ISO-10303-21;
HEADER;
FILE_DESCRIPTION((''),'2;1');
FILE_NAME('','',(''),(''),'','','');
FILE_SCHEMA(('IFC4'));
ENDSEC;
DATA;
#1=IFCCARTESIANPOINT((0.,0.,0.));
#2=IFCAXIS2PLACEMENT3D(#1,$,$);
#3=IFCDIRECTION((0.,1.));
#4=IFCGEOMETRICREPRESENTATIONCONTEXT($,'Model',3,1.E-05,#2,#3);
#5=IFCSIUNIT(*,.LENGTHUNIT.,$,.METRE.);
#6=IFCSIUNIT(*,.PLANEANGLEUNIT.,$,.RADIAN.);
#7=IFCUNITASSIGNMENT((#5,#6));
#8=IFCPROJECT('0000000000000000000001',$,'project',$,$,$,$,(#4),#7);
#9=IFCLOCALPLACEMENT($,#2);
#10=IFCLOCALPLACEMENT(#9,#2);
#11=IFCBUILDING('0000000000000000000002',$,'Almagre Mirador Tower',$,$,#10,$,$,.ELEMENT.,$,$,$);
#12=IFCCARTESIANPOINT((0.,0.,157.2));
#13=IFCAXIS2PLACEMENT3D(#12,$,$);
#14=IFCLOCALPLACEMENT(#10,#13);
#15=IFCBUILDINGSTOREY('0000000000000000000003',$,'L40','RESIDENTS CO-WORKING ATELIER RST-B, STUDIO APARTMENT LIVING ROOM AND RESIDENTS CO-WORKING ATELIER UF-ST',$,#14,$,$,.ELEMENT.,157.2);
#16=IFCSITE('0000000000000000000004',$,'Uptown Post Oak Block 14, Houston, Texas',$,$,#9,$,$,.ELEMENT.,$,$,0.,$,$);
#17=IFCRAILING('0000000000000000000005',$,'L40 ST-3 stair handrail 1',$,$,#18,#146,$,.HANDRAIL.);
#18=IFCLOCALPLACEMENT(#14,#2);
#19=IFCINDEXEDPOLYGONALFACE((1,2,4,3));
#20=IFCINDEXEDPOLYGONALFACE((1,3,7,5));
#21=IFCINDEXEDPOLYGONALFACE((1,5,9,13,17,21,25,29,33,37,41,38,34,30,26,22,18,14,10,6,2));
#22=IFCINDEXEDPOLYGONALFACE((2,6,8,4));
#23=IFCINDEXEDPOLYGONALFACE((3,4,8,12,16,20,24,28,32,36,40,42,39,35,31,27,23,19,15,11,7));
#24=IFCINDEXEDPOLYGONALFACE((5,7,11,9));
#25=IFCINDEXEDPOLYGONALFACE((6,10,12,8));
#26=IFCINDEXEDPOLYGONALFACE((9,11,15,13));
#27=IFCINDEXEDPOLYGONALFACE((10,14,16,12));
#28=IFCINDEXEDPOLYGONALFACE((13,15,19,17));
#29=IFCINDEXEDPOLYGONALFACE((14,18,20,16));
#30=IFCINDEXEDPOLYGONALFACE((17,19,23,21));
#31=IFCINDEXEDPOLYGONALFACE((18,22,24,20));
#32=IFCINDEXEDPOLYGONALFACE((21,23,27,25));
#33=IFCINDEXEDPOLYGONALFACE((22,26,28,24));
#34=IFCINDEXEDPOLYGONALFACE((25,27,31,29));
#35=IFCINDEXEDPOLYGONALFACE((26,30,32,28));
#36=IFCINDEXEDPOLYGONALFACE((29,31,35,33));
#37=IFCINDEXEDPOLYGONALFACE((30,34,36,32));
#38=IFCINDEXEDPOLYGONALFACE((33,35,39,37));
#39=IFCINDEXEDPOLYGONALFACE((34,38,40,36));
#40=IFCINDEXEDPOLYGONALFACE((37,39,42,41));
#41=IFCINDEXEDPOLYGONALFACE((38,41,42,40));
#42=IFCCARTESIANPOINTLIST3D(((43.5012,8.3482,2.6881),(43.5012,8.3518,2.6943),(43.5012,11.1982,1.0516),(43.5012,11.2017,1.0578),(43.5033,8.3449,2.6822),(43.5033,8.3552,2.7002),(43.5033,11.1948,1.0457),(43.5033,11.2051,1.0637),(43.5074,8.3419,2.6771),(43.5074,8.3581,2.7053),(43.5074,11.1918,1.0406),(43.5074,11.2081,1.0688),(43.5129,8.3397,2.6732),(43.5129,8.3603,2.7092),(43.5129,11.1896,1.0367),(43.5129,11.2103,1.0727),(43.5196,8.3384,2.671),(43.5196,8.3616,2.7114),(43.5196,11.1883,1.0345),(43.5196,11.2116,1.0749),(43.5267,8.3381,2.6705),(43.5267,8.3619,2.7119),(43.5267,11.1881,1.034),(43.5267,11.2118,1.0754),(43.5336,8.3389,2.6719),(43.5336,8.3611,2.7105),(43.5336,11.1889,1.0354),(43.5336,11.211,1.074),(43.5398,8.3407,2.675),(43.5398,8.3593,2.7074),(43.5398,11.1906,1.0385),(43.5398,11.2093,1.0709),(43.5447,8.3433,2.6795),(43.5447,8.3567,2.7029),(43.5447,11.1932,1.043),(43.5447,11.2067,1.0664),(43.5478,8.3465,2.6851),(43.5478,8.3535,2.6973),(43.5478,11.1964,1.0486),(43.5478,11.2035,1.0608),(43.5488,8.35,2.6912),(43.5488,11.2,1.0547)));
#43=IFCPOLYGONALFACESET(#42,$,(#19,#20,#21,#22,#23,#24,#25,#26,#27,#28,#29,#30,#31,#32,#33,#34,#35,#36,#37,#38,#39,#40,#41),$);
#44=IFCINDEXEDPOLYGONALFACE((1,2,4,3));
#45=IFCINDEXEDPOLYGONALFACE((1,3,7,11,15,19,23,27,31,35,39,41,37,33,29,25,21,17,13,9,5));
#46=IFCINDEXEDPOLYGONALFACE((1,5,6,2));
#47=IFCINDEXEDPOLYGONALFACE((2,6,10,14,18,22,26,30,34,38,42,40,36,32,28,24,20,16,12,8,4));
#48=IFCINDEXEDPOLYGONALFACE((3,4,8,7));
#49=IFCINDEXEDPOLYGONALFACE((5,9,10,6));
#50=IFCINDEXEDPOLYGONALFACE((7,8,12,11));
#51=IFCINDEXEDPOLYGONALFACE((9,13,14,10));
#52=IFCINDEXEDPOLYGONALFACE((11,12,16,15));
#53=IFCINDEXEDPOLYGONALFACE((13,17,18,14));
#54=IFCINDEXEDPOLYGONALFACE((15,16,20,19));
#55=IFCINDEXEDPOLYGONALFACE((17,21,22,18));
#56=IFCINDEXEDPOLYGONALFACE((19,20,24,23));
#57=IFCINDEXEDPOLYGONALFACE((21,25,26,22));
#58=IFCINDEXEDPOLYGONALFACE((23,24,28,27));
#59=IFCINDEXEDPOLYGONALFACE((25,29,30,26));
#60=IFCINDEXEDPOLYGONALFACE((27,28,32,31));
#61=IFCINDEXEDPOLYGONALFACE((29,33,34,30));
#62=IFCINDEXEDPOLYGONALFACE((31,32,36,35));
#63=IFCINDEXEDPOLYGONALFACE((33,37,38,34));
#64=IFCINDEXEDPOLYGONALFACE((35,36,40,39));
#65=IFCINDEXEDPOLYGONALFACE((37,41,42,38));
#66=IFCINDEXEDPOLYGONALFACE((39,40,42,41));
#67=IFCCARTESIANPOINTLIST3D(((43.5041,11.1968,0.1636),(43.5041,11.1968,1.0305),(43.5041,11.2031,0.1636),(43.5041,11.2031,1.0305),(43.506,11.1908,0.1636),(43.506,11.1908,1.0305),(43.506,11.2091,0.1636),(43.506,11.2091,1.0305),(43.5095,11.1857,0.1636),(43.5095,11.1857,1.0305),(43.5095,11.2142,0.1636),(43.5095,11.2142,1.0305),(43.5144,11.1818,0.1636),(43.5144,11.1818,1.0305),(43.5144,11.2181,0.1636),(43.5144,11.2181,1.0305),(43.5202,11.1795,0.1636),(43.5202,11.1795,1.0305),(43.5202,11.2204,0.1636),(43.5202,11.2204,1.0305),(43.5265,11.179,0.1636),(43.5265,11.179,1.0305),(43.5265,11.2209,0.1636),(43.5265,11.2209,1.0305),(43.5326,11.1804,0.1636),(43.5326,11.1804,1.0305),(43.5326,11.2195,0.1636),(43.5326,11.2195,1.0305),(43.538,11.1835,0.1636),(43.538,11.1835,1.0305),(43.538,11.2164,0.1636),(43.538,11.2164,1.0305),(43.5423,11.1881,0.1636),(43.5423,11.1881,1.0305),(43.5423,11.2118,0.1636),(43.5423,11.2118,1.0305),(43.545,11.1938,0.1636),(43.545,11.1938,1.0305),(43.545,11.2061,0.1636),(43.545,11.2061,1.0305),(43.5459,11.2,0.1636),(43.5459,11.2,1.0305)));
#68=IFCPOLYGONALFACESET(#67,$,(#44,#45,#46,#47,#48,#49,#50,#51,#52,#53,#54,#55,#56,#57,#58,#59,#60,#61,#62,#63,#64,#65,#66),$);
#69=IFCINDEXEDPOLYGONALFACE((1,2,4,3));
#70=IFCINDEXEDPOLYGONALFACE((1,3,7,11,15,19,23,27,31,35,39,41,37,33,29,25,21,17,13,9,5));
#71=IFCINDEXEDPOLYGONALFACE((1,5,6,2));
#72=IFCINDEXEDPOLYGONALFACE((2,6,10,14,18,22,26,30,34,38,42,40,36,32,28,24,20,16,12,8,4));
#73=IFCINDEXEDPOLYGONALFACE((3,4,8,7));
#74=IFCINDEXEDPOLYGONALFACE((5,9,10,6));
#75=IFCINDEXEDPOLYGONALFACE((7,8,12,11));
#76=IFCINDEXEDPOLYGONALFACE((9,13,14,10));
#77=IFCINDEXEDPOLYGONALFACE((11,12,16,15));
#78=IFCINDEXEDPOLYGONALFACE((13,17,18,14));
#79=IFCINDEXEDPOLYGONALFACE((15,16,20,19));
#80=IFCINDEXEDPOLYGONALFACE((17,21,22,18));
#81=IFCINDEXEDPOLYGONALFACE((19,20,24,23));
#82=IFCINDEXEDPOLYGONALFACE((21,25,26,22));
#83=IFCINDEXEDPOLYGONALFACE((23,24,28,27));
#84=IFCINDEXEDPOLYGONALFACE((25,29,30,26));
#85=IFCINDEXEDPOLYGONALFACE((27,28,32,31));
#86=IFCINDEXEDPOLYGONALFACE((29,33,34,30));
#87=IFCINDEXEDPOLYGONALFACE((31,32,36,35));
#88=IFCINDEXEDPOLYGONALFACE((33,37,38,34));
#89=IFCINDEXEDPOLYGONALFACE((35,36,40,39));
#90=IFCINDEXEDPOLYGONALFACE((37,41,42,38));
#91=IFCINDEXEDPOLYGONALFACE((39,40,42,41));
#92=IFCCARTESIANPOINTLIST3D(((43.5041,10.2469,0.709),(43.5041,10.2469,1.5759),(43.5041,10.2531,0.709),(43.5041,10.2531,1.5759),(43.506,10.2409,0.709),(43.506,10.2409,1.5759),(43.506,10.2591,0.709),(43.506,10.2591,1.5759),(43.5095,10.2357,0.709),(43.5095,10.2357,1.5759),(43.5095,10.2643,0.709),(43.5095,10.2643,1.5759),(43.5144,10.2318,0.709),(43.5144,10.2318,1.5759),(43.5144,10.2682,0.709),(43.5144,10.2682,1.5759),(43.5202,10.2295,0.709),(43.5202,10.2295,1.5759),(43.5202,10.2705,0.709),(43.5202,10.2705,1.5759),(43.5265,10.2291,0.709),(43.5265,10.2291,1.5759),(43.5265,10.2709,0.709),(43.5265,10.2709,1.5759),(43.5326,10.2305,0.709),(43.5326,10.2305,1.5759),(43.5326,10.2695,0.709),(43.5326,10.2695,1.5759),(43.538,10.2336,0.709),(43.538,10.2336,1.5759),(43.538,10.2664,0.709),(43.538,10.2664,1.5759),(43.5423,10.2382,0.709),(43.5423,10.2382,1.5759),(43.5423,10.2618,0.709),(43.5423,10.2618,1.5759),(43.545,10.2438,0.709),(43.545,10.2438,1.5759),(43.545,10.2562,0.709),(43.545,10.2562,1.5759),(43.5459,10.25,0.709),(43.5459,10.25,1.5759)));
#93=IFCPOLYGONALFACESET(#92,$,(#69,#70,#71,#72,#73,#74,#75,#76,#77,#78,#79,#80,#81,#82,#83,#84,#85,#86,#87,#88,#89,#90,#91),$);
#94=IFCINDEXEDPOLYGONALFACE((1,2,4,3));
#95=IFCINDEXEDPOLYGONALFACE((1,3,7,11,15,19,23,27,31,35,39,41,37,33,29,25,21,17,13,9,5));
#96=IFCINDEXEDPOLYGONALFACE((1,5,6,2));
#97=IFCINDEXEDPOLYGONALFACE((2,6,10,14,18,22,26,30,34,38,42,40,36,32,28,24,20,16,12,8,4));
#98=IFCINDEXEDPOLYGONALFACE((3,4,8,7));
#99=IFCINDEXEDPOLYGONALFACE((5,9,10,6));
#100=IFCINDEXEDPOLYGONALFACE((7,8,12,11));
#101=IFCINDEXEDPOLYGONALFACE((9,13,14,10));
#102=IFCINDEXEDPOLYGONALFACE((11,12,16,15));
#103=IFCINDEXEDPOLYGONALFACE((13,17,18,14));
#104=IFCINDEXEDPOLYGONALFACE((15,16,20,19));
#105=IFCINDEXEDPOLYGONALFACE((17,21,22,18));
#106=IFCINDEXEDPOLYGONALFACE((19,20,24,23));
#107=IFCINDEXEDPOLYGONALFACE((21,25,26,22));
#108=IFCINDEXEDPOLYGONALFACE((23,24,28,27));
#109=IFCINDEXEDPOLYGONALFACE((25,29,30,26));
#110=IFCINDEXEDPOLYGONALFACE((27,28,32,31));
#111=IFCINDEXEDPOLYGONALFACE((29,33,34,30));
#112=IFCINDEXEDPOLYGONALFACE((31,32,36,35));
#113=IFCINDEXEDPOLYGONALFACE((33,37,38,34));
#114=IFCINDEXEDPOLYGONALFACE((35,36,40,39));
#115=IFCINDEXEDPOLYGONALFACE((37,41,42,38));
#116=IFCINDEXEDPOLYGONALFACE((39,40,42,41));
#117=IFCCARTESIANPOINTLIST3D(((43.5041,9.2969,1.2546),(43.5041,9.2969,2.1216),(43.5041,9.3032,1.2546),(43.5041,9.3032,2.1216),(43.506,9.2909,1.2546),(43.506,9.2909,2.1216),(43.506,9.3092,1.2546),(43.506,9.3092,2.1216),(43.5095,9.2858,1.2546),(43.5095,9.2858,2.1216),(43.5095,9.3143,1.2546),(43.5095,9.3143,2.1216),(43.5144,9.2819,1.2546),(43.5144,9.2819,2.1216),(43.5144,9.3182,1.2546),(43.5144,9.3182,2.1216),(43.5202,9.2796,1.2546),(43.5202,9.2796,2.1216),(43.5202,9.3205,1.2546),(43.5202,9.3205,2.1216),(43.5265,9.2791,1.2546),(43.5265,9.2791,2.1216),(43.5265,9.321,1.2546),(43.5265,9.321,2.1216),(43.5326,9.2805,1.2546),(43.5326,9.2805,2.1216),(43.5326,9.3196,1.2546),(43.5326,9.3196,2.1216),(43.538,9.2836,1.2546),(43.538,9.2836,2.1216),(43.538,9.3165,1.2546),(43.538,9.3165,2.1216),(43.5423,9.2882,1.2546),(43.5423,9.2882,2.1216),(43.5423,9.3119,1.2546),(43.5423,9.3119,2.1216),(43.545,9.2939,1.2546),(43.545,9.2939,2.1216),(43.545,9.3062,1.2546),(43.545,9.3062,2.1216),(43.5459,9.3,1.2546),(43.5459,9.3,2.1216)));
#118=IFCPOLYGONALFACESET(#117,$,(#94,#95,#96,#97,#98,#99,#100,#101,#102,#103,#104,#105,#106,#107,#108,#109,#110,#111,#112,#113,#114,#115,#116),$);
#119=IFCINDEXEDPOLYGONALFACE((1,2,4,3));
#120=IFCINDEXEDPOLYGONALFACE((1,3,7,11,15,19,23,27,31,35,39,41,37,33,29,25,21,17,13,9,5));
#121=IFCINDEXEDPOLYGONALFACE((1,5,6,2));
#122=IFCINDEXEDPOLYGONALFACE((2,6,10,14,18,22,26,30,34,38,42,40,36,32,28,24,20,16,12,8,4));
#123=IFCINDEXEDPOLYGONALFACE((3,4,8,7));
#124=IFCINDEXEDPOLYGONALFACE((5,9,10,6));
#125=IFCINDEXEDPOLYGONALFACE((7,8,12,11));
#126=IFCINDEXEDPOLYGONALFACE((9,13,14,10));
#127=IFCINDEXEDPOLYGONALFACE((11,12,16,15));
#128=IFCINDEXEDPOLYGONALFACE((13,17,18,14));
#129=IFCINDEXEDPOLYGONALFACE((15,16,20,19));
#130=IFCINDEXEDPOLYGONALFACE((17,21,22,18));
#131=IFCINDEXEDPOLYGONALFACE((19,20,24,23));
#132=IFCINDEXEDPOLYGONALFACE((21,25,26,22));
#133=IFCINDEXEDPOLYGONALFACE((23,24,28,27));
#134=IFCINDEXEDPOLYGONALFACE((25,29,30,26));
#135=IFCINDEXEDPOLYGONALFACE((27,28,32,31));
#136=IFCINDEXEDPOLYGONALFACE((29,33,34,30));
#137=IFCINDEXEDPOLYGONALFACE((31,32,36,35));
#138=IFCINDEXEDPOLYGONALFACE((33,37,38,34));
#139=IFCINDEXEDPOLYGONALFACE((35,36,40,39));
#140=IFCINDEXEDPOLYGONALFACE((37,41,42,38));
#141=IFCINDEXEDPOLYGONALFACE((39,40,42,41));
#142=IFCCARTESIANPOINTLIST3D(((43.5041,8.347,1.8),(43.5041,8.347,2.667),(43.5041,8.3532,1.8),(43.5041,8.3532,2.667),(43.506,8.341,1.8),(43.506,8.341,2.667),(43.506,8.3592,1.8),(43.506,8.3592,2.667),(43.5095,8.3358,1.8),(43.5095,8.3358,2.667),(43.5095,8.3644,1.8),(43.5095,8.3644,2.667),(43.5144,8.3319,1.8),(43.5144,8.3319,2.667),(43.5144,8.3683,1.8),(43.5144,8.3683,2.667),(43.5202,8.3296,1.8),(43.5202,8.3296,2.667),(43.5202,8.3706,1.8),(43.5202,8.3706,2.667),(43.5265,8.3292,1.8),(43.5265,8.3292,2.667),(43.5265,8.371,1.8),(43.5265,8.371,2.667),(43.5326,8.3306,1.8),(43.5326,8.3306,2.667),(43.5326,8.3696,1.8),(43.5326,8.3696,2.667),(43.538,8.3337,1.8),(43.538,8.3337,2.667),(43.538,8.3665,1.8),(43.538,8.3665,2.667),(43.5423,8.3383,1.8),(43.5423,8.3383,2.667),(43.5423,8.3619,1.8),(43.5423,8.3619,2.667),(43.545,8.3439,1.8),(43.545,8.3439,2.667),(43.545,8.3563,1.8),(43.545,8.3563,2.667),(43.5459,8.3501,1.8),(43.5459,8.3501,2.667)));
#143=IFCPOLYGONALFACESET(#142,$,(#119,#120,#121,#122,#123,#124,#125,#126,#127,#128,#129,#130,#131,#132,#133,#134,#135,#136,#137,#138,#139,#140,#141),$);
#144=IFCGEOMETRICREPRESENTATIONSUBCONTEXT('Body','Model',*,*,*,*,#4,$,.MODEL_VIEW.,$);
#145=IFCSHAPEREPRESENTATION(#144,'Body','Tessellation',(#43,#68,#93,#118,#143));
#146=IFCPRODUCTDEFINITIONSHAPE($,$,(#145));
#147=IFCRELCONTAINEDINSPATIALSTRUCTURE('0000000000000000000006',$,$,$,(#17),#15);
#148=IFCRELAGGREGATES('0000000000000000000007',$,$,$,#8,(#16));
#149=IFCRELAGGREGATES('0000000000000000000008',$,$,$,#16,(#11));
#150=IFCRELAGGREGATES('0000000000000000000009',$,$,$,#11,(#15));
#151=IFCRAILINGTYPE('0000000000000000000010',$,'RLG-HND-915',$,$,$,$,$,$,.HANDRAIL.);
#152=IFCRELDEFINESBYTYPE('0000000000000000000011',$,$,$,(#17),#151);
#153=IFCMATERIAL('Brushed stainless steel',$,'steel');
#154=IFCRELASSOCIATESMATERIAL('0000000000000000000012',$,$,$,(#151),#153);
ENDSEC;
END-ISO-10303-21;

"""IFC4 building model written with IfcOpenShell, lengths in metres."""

from ifc_helpers import new_model, si_unit, direction, frame, origin, origin_2d, place, context, subcontext, project, spatial, circle, extrude, material, type_object, element, save


model = new_model("IFC4")

# Units and contexts
model_context = context("Model", 3, precision=1e-05, world=origin(), true_north=direction((0.0, 1.0)))
body_context = subcontext(model_context, "Body", "Model", "MODEL_VIEW")
ifc_project = project(units=[si_unit("LENGTHUNIT", "METRE"), si_unit("PLANEANGLEUNIT", "RADIAN")], contexts=[model_context])

# Site, building, storey
site_placement = place(None, origin())
site = spatial("IfcSite", under=ifc_project, at=site_placement, Name="Uptown Post Oak Block 14, Houston, Texas", CompositionType="ELEMENT", RefElevation=0.0)
building_placement = place(site_placement, origin())
building = spatial("IfcBuilding", under=site, at=building_placement, Name="Almagre Mirador Tower", CompositionType="ELEMENT")
storey_placement = place(building_placement, frame((0.0, 0.0, 157.2)))
storey = spatial("IfcBuildingStorey", under=building, at=storey_placement, Name="L40", Description="RESIDENTS CO-WORKING ATELIER RST-B, STUDIO APARTMENT LIVING ROOM AND RESIDENTS CO-WORKING ATELIER UF-ST", CompositionType="ELEMENT", Elevation=157.2)

# Railing
ifc_material_1 = material(Name="Brushed stainless steel", Category="steel")
railing_type_1 = type_object("IfcRailingType", Name="RLG-HND-915", PredefinedType="HANDRAIL", material=ifc_material_1)
railing_1_placement = place(storey_placement, frame((43.5249, 11.2, 0.1636)))
element("IfcRailing", 1, at=railing_1_placement, inside=storey, type_object=railing_type_1, Name="L40 ST-3 stair handrail 1", PredefinedType="HANDRAIL", context=body_context, shape_type="SweptSolid", body=[
    extrude(circle(Radius=0.0239, at=origin_2d()), frame((0.0, 0.0, 0.8911), z_axis=(0.0, -0.867194, 0.49797), x_axis=(1.0, 0.0, 0.0)), (0.0, 0.0, 1.0), 3.2864),
    extrude(circle(Radius=0.021, at=origin_2d()), origin(), (0.0, 0.0, 1.0), 0.8669),
    extrude(circle(Radius=0.021, at=origin_2d()), frame((0.0, -0.95, 0.5454)), (0.0, 0.0, 1.0), 0.8669),
    extrude(circle(Radius=0.021, at=origin_2d()), frame((0.0, -1.8999, 1.0911)), (0.0, 0.0, 1.0), 0.8669),
    extrude(circle(Radius=0.021, at=origin_2d()), frame((0.0, -2.8499, 1.6365)), (0.0, 0.0, 1.0), 0.8669),
])

save(model, "model.ifc")
